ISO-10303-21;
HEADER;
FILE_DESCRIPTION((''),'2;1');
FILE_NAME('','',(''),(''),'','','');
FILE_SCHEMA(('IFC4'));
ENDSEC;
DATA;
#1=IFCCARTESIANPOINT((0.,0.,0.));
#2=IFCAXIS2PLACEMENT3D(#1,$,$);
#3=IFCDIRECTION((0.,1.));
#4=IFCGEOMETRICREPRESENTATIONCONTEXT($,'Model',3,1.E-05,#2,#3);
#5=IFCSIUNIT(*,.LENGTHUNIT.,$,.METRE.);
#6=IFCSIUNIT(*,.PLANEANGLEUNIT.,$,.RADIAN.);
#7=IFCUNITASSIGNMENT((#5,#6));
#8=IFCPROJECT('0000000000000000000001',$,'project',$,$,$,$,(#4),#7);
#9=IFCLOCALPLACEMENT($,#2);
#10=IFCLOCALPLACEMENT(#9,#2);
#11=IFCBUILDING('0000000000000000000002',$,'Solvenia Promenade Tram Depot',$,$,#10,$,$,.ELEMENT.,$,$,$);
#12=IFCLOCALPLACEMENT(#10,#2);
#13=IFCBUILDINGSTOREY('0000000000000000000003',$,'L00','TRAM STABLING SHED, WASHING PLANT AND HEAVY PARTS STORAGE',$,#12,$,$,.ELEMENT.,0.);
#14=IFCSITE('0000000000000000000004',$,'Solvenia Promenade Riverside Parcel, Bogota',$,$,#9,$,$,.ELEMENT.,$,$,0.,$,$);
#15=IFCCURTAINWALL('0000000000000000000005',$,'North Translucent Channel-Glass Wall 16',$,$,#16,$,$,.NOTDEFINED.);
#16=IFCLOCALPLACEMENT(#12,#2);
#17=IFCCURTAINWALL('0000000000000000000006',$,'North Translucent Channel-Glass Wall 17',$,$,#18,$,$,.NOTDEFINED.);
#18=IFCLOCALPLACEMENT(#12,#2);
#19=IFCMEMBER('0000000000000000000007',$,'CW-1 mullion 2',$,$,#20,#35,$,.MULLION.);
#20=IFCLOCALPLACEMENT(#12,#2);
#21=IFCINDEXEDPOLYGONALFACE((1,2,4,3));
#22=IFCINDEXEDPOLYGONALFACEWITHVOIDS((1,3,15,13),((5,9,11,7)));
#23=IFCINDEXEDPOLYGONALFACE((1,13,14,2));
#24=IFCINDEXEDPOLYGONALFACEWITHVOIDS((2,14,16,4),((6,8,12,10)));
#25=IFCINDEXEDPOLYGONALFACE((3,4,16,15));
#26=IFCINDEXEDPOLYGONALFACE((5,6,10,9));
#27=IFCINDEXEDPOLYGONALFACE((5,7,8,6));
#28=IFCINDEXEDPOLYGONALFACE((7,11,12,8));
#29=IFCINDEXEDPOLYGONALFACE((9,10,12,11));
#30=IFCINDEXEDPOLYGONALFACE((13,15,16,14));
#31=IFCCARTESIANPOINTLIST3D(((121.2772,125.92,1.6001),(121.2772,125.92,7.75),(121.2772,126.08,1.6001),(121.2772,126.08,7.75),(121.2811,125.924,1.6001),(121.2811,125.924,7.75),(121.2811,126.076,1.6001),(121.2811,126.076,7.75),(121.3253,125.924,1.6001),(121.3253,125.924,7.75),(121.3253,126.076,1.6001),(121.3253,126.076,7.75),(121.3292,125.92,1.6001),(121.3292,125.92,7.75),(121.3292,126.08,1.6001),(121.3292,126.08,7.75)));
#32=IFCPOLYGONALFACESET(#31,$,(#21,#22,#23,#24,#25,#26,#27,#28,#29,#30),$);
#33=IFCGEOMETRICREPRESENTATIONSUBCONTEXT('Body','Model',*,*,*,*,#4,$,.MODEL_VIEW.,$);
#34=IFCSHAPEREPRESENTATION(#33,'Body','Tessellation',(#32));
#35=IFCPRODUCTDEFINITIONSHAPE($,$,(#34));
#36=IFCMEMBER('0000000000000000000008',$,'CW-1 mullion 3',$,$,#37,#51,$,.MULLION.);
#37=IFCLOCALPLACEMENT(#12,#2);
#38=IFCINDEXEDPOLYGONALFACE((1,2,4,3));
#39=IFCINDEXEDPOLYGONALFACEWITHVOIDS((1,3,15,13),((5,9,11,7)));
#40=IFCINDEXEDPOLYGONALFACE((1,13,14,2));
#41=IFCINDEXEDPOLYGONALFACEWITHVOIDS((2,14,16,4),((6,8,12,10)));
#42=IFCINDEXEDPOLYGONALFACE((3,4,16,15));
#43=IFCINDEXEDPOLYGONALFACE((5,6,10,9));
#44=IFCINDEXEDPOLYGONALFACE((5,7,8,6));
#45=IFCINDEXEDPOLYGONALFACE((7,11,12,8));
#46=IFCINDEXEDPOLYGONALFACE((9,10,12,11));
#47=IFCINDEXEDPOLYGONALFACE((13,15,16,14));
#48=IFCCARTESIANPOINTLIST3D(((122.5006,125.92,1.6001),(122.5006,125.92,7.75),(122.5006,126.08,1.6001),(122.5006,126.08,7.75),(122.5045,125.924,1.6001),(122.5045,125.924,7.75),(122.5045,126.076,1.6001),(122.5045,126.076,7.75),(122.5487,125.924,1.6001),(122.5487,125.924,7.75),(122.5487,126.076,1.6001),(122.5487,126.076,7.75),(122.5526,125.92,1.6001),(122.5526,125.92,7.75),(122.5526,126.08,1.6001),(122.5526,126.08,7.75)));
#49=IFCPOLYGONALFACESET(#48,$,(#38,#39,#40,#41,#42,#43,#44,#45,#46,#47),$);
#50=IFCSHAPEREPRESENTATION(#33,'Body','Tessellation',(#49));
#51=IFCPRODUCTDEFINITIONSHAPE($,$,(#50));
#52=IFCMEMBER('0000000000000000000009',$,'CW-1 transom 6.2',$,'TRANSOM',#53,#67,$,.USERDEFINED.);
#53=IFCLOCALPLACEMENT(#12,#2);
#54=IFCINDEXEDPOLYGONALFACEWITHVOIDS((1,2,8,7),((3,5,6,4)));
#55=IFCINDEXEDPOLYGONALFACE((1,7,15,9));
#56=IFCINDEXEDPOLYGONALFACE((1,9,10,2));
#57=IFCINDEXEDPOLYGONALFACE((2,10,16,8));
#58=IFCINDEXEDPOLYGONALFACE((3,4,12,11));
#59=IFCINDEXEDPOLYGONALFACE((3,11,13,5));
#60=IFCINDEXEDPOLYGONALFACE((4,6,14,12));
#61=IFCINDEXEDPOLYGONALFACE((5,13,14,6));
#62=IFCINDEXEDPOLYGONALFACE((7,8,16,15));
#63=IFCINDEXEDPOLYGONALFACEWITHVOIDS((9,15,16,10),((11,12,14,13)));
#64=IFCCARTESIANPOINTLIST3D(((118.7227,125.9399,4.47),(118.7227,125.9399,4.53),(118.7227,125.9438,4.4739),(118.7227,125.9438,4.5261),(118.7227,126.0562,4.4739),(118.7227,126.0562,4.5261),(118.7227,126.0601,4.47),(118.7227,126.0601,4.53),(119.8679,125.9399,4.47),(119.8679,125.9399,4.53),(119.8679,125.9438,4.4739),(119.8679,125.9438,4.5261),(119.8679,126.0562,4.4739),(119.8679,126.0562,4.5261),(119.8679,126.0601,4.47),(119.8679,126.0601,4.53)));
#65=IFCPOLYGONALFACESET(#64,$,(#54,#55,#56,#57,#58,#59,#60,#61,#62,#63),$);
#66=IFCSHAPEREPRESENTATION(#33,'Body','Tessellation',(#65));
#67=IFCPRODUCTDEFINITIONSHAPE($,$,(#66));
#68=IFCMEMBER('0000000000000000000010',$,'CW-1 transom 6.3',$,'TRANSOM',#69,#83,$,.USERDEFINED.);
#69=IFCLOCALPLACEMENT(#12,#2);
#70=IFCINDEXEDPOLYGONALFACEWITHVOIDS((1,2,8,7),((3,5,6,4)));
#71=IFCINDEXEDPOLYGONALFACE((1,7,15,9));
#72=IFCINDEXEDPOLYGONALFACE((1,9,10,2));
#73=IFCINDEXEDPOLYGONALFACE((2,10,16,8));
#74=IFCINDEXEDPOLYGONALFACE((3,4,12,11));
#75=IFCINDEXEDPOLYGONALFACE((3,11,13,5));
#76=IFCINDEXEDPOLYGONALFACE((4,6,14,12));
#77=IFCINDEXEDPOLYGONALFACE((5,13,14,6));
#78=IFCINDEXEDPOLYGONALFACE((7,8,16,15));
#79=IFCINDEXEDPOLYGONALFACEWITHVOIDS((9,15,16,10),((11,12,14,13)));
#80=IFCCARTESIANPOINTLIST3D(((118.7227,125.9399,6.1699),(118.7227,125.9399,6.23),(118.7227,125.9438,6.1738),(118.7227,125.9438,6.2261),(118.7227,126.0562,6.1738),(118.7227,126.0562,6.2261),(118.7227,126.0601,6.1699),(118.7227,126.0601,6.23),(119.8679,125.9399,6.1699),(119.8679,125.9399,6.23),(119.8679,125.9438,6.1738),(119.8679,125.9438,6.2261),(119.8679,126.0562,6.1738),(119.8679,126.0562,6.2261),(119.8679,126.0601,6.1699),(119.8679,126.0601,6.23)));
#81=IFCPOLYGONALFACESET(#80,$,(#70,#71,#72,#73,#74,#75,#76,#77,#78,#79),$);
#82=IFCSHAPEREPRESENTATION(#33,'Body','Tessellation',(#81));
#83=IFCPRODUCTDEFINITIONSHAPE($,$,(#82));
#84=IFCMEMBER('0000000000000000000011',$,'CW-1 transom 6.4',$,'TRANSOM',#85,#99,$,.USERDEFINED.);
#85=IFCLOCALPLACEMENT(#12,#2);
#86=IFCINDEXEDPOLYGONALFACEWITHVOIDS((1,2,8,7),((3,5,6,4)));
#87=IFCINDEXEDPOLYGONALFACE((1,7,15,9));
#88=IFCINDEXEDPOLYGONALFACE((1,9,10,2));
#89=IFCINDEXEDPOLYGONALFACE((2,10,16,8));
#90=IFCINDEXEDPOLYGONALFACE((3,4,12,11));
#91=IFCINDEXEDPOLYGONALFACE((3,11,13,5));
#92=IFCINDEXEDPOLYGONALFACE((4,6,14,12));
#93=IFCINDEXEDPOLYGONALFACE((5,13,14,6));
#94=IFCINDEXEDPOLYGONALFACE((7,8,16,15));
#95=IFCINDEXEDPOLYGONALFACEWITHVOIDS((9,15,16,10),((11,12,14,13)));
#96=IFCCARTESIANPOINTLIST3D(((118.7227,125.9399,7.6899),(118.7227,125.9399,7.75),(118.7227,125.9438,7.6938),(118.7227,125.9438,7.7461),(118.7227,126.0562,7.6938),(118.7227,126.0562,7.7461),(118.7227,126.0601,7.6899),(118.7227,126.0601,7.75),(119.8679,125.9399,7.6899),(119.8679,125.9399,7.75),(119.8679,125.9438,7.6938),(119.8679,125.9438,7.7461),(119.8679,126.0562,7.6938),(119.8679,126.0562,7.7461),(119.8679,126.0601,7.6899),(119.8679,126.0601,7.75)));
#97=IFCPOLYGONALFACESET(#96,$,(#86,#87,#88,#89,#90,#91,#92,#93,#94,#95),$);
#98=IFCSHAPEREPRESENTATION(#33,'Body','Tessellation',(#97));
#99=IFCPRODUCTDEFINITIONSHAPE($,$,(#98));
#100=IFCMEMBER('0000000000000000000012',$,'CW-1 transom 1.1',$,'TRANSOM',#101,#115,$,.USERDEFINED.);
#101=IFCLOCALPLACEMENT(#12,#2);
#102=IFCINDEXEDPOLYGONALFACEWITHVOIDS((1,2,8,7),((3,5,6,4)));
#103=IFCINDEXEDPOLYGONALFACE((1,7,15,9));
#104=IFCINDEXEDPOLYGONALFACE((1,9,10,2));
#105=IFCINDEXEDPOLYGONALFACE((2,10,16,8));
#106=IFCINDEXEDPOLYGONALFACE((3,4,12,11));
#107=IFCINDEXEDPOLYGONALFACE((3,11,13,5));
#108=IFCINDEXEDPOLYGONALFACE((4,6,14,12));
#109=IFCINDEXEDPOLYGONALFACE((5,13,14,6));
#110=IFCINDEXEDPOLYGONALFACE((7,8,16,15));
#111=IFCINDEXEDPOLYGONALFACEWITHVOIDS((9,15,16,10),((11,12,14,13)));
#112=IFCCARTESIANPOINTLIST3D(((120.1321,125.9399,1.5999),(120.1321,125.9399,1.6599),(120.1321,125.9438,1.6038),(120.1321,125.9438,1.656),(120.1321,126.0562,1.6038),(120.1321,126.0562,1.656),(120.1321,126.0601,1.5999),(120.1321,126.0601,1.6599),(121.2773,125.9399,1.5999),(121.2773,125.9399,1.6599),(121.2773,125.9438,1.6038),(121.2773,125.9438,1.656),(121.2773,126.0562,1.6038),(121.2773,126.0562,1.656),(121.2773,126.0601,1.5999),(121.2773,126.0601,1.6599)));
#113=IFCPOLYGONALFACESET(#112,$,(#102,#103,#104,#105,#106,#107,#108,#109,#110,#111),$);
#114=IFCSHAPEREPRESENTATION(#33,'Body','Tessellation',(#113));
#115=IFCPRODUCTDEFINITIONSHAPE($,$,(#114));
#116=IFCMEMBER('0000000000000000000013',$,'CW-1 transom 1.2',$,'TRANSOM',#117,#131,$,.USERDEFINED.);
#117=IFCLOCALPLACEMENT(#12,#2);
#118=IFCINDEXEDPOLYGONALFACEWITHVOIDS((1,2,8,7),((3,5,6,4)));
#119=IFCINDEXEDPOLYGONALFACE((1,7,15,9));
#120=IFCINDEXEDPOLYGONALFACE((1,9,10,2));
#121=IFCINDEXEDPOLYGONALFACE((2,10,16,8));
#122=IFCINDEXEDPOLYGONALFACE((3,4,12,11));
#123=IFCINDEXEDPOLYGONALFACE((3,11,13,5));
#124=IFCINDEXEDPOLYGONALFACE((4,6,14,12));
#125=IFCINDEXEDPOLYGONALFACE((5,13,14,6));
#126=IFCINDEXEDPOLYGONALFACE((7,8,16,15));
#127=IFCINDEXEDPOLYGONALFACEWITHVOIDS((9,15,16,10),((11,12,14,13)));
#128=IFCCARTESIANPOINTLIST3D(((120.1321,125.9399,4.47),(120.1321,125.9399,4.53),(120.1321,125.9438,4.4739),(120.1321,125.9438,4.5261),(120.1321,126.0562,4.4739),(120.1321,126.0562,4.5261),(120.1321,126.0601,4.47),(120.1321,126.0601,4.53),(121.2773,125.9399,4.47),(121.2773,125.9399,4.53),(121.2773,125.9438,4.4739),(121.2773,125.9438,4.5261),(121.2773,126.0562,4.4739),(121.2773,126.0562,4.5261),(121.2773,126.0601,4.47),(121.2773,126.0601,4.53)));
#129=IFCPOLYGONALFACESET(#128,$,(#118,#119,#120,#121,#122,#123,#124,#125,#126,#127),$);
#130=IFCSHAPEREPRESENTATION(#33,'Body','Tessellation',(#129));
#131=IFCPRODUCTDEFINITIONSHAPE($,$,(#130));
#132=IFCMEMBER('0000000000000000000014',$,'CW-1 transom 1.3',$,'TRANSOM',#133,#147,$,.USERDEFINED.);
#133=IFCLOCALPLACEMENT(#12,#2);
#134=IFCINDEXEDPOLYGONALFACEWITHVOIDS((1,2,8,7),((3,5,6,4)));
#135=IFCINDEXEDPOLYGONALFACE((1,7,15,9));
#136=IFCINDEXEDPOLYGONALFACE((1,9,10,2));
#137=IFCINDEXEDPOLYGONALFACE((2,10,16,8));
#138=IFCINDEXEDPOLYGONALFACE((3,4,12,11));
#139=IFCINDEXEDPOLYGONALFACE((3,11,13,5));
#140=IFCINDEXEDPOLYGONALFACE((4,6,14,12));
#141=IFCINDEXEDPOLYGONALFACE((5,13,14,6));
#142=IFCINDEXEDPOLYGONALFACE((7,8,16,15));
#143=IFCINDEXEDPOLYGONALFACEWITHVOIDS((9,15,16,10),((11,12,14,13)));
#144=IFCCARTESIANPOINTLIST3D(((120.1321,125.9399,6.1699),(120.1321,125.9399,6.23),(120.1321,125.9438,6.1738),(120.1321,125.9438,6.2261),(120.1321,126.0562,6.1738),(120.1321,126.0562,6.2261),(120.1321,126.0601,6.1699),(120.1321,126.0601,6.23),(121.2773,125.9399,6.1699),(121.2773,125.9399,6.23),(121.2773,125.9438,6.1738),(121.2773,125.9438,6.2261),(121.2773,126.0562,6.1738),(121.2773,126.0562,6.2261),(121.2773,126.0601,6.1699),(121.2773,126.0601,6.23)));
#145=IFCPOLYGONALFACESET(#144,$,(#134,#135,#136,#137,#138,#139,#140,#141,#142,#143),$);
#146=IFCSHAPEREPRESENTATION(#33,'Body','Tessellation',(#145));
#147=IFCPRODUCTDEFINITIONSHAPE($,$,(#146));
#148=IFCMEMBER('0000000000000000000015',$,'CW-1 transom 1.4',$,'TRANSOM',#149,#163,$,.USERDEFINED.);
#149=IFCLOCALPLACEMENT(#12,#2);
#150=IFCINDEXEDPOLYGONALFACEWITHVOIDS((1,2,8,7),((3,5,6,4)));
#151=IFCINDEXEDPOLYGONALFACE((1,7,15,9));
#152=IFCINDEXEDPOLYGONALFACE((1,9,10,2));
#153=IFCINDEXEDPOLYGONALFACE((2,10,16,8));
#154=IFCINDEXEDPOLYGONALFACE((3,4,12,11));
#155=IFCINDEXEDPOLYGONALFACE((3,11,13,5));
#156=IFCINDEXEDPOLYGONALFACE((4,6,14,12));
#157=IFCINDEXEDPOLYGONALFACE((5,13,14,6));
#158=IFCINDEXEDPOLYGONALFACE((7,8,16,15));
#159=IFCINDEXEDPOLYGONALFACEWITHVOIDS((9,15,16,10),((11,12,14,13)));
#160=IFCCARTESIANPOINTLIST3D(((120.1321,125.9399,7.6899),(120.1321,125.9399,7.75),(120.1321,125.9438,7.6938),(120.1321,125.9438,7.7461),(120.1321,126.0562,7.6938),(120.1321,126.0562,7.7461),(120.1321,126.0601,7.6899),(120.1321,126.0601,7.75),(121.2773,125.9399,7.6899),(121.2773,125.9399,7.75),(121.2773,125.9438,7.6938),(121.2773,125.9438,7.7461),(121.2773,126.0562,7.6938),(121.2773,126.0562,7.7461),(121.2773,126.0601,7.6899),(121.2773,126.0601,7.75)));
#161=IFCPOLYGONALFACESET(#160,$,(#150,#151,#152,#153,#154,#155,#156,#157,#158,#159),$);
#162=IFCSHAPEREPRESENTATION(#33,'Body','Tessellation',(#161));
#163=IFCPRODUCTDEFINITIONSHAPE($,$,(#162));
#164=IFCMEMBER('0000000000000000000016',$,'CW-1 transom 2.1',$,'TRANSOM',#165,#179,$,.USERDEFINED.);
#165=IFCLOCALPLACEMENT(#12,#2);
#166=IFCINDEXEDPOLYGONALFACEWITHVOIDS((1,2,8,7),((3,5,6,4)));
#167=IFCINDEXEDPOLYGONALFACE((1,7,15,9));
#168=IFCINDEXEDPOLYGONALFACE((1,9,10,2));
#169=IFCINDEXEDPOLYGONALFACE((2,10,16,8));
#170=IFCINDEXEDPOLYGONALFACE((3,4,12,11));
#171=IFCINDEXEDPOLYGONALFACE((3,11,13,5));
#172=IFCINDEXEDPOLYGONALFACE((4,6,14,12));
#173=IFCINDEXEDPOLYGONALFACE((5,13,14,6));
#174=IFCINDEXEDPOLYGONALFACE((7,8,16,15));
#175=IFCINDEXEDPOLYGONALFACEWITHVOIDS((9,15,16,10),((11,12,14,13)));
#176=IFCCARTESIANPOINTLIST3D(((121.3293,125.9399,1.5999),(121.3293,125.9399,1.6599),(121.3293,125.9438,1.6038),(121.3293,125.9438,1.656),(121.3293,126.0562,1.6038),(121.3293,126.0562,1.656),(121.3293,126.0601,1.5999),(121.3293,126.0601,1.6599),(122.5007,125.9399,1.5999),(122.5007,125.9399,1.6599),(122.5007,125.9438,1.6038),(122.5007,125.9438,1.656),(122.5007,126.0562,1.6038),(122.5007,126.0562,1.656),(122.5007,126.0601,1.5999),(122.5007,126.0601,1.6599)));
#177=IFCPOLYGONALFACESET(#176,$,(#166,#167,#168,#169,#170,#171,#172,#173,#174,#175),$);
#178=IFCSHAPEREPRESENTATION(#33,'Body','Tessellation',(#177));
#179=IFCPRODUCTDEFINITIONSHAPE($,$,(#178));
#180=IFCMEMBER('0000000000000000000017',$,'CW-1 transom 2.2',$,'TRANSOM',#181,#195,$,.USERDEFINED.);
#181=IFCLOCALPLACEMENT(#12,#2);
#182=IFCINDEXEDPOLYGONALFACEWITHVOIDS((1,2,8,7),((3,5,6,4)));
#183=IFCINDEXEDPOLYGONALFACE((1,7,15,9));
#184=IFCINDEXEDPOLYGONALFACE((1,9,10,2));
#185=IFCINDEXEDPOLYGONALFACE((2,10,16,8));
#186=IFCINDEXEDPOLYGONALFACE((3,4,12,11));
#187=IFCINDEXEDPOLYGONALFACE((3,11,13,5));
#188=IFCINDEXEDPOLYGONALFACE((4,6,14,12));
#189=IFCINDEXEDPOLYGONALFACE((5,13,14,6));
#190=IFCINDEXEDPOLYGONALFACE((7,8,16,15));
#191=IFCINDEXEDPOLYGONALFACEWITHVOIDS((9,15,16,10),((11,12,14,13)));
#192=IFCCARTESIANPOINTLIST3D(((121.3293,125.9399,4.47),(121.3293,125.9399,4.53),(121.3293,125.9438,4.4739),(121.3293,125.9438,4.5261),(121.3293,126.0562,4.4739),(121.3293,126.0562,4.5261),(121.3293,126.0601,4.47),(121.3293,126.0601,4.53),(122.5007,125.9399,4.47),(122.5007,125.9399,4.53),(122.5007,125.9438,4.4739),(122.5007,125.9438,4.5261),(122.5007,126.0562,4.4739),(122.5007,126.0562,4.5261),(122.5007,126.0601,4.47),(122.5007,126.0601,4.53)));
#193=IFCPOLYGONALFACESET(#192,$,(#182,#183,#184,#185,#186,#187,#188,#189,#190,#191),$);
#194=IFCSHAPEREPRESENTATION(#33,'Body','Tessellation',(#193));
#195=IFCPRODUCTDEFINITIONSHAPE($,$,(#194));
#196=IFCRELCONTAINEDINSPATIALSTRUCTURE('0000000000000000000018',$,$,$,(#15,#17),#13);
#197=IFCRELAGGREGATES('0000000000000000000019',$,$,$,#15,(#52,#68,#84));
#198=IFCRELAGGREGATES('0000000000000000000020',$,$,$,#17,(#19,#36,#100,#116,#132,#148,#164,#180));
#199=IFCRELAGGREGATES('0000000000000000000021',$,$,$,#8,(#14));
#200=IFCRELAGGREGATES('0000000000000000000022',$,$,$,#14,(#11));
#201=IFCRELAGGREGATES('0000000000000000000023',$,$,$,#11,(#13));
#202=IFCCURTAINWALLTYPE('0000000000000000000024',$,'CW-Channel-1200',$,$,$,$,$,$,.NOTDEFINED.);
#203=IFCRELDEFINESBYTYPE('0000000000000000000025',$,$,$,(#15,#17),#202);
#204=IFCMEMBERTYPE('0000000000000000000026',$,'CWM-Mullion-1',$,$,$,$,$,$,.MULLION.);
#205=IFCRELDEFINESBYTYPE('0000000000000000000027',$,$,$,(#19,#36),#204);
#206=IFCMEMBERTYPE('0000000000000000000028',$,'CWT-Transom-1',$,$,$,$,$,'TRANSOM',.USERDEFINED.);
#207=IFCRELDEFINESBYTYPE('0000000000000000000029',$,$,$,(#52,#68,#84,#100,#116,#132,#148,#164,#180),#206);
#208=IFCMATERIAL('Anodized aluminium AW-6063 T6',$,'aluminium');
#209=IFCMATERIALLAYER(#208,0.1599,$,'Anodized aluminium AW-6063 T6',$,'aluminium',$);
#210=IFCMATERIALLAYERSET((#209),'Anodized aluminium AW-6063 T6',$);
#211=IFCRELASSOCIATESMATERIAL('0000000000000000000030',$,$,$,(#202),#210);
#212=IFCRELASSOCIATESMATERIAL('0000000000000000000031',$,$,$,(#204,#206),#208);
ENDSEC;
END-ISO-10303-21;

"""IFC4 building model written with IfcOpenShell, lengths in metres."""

from ifc_helpers import new_model, si_unit, direction, frame, origin, origin_2d, place, context, subcontext, project, spatial, hollow_rectangle, extrude, material, layer, layer_set, material_profile, profile_set, type_object, element, aggregate, save


model = new_model("IFC4")

# Units and contexts
model_context = context("Model", 3, precision=1e-05, world=origin(), true_north=direction((0.0, 1.0)))
body_context = subcontext(model_context, "Body", "Model", "MODEL_VIEW")
ifc_project = project(units=[si_unit("LENGTHUNIT", "METRE"), si_unit("PLANEANGLEUNIT", "RADIAN")], contexts=[model_context])

# Site, building, storey
site_placement = place(None, origin())
site = spatial("IfcSite", under=ifc_project, at=site_placement, Name="Solvenia Promenade Riverside Parcel, Bogota", CompositionType="ELEMENT", RefElevation=0.0)
building_placement = place(site_placement, origin())
building = spatial("IfcBuilding", under=site, at=building_placement, Name="Solvenia Promenade Tram Depot", CompositionType="ELEMENT")
storey_placement = place(building_placement, origin())
storey = spatial("IfcBuildingStorey", under=building, at=storey_placement, Name="L00", Description="TRAM STABLING SHED, WASHING PLANT AND HEAVY PARTS STORAGE", CompositionType="ELEMENT", Elevation=0.0)

# Curtain wall
ifc_material_1 = material(Name="Anodized aluminium AW-6063 T6", Category="aluminium")
ifc_layer_1 = layer(ifc_material_1, 0.1599, Name="Anodized aluminium AW-6063 T6", Category="aluminium")
ifc_layer_set_1 = layer_set([ifc_layer_1], Name="Anodized aluminium AW-6063 T6")
curtain_wall_type = type_object("IfcCurtainWallType", Name="CW-Channel-1200", PredefinedType="NOTDEFINED", material=ifc_layer_set_1)
curtain_wall_1_placement = place(storey_placement, origin())
curtain_wall_1 = element("IfcCurtainWall", 1, at=curtain_wall_1_placement, inside=storey, type_object=curtain_wall_type, Name="North Translucent Channel-Glass Wall 16", PredefinedType="NOTDEFINED")
ifc_material_profile_1 = material_profile(ifc_material_1, hollow_rectangle(XDim=0.1599, YDim=0.052, WallThickness=0.0039, at=origin_2d()), Name="ALU-M1", Category="aluminium")
ifc_profile_set_1 = profile_set([ifc_material_profile_1], Name="Anodized aluminium AW-6063 T6")
member_type_1 = type_object("IfcMemberType", Name="CWM-Mullion-1", PredefinedType="MULLION", material=ifc_profile_set_1)

# Curtain wall, members
curtain_wall_2_placement = place(storey_placement, origin())
curtain_wall_2 = element("IfcCurtainWall", 2, at=curtain_wall_2_placement, inside=storey, type_object=curtain_wall_type, Name="North Translucent Channel-Glass Wall 17", PredefinedType="NOTDEFINED")
member_1_placement = place(storey_placement, frame((121.3032, 126.0, 1.6001), z_axis=(0.0, 0.0, 1.0), x_axis=(0.0, 1.0, 0.0)))
member_1 = element("IfcMember", 3, at=member_1_placement, type_object=member_type_1, Name="CW-1 mullion 2", PredefinedType="MULLION", context=body_context, shape_type="SweptSolid", body=[
    extrude(hollow_rectangle(XDim=0.1599, YDim=0.052, WallThickness=0.0039, at=origin_2d()), origin(), (0.0, 0.0, 1.0), 6.1499),
])
member_2_placement = place(storey_placement, frame((122.5266, 126.0, 1.6001), z_axis=(0.0, 0.0, 1.0), x_axis=(0.0, 1.0, 0.0)))
member_2 = element("IfcMember", 4, at=member_2_placement, type_object=member_type_1, Name="CW-1 mullion 3", PredefinedType="MULLION", context=body_context, shape_type="SweptSolid", body=[
    extrude(hollow_rectangle(XDim=0.1599, YDim=0.052, WallThickness=0.0039, at=origin_2d()), origin(), (0.0, 0.0, 1.0), 6.1499),
])

# Members
ifc_material_profile_2 = material_profile(ifc_material_1, hollow_rectangle(XDim=0.1201, YDim=0.0601, WallThickness=0.0039, at=origin_2d()), Name="ALU-T1", Category="aluminium")
ifc_profile_set_2 = profile_set([ifc_material_profile_2], Name="Anodized aluminium AW-6063 T6")
member_type_2 = type_object("IfcMemberType", Name="CWT-Transom-1", ElementType="TRANSOM", PredefinedType="USERDEFINED", material=ifc_profile_set_2)
member_3_placement = place(storey_placement, frame((118.7227, 126.0, 4.5), z_axis=(1.0, 0.0, 0.0), x_axis=(0.0, 1.0, 0.0)))
member_3 = element("IfcMember", 5, at=member_3_placement, type_object=member_type_2, Name="CW-1 transom 6.2", ObjectType="TRANSOM", PredefinedType="USERDEFINED", context=body_context, shape_type="SweptSolid", body=[
    extrude(hollow_rectangle(XDim=0.1201, YDim=0.0601, WallThickness=0.0039, at=origin_2d()), origin(), (0.0, 0.0, 1.0), 1.1453),
])
member_4_placement = place(storey_placement, frame((118.7227, 126.0, 6.2), z_axis=(1.0, 0.0, 0.0), x_axis=(0.0, 1.0, 0.0)))
member_4 = element("IfcMember", 6, at=member_4_placement, type_object=member_type_2, Name="CW-1 transom 6.3", ObjectType="TRANSOM", PredefinedType="USERDEFINED", context=body_context, shape_type="SweptSolid", body=[
    extrude(hollow_rectangle(XDim=0.1201, YDim=0.0601, WallThickness=0.0039, at=origin_2d()), origin(), (0.0, 0.0, 1.0), 1.1453),
])
member_5_placement = place(storey_placement, frame((118.7227, 126.0, 7.72), z_axis=(1.0, 0.0, 0.0), x_axis=(0.0, 1.0, 0.0)))
member_5 = element("IfcMember", 7, at=member_5_placement, type_object=member_type_2, Name="CW-1 transom 6.4", ObjectType="TRANSOM", PredefinedType="USERDEFINED", context=body_context, shape_type="SweptSolid", body=[
    extrude(hollow_rectangle(XDim=0.1201, YDim=0.0601, WallThickness=0.0039, at=origin_2d()), origin(), (0.0, 0.0, 1.0), 1.1453),
])
member_6_placement = place(storey_placement, frame((120.1321, 126.0, 1.6299), z_axis=(1.0, 0.0, 0.0), x_axis=(0.0, 1.0, 0.0)))
member_6 = element("IfcMember", 8, at=member_6_placement, type_object=member_type_2, Name="CW-1 transom 1.1", ObjectType="TRANSOM", PredefinedType="USERDEFINED", context=body_context, shape_type="SweptSolid", body=[
    extrude(hollow_rectangle(XDim=0.1201, YDim=0.0601, WallThickness=0.0039, at=origin_2d()), origin(), (0.0, 0.0, 1.0), 1.1453),
])
member_7_placement = place(storey_placement, frame((120.1321, 126.0, 4.5), z_axis=(1.0, 0.0, 0.0), x_axis=(0.0, 1.0, 0.0)))
member_7 = element("IfcMember", 9, at=member_7_placement, type_object=member_type_2, Name="CW-1 transom 1.2", ObjectType="TRANSOM", PredefinedType="USERDEFINED", context=body_context, shape_type="SweptSolid", body=[
    extrude(hollow_rectangle(XDim=0.1201, YDim=0.0601, WallThickness=0.0039, at=origin_2d()), origin(), (0.0, 0.0, 1.0), 1.1453),
])
member_8_placement = place(storey_placement, frame((120.1321, 126.0, 6.2), z_axis=(1.0, 0.0, 0.0), x_axis=(0.0, 1.0, 0.0)))
member_8 = element("IfcMember", 10, at=member_8_placement, type_object=member_type_2, Name="CW-1 transom 1.3", ObjectType="TRANSOM", PredefinedType="USERDEFINED", context=body_context, shape_type="SweptSolid", body=[
    extrude(hollow_rectangle(XDim=0.1201, YDim=0.0601, WallThickness=0.0039, at=origin_2d()), origin(), (0.0, 0.0, 1.0), 1.1453),
])
member_9_placement = place(storey_placement, frame((120.1321, 126.0, 7.72), z_axis=(1.0, 0.0, 0.0), x_axis=(0.0, 1.0, 0.0)))
member_9 = element("IfcMember", 11, at=member_9_placement, type_object=member_type_2, Name="CW-1 transom 1.4", ObjectType="TRANSOM", PredefinedType="USERDEFINED", context=body_context, shape_type="SweptSolid", body=[
    extrude(hollow_rectangle(XDim=0.1201, YDim=0.0601, WallThickness=0.0039, at=origin_2d()), origin(), (0.0, 0.0, 1.0), 1.1453),
])
member_10_placement = place(storey_placement, frame((121.3293, 126.0, 1.6299), z_axis=(1.0, 0.0, 0.0), x_axis=(0.0, 1.0, 0.0)))
member_10 = element("IfcMember", 12, at=member_10_placement, type_object=member_type_2, Name="CW-1 transom 2.1", ObjectType="TRANSOM", PredefinedType="USERDEFINED", context=body_context, shape_type="SweptSolid", body=[
    extrude(hollow_rectangle(XDim=0.1201, YDim=0.0601, WallThickness=0.0039, at=origin_2d()), origin(), (0.0, 0.0, 1.0), 1.1714),
])
member_11_placement = place(storey_placement, frame((121.3293, 126.0, 4.5), z_axis=(1.0, 0.0, 0.0), x_axis=(0.0, 1.0, 0.0)))
member_11 = element("IfcMember", 13, at=member_11_placement, type_object=member_type_2, Name="CW-1 transom 2.2", ObjectType="TRANSOM", PredefinedType="USERDEFINED", context=body_context, shape_type="SweptSolid", body=[
    extrude(hollow_rectangle(XDim=0.1201, YDim=0.0601, WallThickness=0.0039, at=origin_2d()), origin(), (0.0, 0.0, 1.0), 1.1714),
])

aggregate(curtain_wall_1, [member_3, member_4, member_5])
aggregate(curtain_wall_2, [member_1, member_2, member_6, member_7, member_8, member_9, member_10, member_11])

save(model, "model.ifc")
